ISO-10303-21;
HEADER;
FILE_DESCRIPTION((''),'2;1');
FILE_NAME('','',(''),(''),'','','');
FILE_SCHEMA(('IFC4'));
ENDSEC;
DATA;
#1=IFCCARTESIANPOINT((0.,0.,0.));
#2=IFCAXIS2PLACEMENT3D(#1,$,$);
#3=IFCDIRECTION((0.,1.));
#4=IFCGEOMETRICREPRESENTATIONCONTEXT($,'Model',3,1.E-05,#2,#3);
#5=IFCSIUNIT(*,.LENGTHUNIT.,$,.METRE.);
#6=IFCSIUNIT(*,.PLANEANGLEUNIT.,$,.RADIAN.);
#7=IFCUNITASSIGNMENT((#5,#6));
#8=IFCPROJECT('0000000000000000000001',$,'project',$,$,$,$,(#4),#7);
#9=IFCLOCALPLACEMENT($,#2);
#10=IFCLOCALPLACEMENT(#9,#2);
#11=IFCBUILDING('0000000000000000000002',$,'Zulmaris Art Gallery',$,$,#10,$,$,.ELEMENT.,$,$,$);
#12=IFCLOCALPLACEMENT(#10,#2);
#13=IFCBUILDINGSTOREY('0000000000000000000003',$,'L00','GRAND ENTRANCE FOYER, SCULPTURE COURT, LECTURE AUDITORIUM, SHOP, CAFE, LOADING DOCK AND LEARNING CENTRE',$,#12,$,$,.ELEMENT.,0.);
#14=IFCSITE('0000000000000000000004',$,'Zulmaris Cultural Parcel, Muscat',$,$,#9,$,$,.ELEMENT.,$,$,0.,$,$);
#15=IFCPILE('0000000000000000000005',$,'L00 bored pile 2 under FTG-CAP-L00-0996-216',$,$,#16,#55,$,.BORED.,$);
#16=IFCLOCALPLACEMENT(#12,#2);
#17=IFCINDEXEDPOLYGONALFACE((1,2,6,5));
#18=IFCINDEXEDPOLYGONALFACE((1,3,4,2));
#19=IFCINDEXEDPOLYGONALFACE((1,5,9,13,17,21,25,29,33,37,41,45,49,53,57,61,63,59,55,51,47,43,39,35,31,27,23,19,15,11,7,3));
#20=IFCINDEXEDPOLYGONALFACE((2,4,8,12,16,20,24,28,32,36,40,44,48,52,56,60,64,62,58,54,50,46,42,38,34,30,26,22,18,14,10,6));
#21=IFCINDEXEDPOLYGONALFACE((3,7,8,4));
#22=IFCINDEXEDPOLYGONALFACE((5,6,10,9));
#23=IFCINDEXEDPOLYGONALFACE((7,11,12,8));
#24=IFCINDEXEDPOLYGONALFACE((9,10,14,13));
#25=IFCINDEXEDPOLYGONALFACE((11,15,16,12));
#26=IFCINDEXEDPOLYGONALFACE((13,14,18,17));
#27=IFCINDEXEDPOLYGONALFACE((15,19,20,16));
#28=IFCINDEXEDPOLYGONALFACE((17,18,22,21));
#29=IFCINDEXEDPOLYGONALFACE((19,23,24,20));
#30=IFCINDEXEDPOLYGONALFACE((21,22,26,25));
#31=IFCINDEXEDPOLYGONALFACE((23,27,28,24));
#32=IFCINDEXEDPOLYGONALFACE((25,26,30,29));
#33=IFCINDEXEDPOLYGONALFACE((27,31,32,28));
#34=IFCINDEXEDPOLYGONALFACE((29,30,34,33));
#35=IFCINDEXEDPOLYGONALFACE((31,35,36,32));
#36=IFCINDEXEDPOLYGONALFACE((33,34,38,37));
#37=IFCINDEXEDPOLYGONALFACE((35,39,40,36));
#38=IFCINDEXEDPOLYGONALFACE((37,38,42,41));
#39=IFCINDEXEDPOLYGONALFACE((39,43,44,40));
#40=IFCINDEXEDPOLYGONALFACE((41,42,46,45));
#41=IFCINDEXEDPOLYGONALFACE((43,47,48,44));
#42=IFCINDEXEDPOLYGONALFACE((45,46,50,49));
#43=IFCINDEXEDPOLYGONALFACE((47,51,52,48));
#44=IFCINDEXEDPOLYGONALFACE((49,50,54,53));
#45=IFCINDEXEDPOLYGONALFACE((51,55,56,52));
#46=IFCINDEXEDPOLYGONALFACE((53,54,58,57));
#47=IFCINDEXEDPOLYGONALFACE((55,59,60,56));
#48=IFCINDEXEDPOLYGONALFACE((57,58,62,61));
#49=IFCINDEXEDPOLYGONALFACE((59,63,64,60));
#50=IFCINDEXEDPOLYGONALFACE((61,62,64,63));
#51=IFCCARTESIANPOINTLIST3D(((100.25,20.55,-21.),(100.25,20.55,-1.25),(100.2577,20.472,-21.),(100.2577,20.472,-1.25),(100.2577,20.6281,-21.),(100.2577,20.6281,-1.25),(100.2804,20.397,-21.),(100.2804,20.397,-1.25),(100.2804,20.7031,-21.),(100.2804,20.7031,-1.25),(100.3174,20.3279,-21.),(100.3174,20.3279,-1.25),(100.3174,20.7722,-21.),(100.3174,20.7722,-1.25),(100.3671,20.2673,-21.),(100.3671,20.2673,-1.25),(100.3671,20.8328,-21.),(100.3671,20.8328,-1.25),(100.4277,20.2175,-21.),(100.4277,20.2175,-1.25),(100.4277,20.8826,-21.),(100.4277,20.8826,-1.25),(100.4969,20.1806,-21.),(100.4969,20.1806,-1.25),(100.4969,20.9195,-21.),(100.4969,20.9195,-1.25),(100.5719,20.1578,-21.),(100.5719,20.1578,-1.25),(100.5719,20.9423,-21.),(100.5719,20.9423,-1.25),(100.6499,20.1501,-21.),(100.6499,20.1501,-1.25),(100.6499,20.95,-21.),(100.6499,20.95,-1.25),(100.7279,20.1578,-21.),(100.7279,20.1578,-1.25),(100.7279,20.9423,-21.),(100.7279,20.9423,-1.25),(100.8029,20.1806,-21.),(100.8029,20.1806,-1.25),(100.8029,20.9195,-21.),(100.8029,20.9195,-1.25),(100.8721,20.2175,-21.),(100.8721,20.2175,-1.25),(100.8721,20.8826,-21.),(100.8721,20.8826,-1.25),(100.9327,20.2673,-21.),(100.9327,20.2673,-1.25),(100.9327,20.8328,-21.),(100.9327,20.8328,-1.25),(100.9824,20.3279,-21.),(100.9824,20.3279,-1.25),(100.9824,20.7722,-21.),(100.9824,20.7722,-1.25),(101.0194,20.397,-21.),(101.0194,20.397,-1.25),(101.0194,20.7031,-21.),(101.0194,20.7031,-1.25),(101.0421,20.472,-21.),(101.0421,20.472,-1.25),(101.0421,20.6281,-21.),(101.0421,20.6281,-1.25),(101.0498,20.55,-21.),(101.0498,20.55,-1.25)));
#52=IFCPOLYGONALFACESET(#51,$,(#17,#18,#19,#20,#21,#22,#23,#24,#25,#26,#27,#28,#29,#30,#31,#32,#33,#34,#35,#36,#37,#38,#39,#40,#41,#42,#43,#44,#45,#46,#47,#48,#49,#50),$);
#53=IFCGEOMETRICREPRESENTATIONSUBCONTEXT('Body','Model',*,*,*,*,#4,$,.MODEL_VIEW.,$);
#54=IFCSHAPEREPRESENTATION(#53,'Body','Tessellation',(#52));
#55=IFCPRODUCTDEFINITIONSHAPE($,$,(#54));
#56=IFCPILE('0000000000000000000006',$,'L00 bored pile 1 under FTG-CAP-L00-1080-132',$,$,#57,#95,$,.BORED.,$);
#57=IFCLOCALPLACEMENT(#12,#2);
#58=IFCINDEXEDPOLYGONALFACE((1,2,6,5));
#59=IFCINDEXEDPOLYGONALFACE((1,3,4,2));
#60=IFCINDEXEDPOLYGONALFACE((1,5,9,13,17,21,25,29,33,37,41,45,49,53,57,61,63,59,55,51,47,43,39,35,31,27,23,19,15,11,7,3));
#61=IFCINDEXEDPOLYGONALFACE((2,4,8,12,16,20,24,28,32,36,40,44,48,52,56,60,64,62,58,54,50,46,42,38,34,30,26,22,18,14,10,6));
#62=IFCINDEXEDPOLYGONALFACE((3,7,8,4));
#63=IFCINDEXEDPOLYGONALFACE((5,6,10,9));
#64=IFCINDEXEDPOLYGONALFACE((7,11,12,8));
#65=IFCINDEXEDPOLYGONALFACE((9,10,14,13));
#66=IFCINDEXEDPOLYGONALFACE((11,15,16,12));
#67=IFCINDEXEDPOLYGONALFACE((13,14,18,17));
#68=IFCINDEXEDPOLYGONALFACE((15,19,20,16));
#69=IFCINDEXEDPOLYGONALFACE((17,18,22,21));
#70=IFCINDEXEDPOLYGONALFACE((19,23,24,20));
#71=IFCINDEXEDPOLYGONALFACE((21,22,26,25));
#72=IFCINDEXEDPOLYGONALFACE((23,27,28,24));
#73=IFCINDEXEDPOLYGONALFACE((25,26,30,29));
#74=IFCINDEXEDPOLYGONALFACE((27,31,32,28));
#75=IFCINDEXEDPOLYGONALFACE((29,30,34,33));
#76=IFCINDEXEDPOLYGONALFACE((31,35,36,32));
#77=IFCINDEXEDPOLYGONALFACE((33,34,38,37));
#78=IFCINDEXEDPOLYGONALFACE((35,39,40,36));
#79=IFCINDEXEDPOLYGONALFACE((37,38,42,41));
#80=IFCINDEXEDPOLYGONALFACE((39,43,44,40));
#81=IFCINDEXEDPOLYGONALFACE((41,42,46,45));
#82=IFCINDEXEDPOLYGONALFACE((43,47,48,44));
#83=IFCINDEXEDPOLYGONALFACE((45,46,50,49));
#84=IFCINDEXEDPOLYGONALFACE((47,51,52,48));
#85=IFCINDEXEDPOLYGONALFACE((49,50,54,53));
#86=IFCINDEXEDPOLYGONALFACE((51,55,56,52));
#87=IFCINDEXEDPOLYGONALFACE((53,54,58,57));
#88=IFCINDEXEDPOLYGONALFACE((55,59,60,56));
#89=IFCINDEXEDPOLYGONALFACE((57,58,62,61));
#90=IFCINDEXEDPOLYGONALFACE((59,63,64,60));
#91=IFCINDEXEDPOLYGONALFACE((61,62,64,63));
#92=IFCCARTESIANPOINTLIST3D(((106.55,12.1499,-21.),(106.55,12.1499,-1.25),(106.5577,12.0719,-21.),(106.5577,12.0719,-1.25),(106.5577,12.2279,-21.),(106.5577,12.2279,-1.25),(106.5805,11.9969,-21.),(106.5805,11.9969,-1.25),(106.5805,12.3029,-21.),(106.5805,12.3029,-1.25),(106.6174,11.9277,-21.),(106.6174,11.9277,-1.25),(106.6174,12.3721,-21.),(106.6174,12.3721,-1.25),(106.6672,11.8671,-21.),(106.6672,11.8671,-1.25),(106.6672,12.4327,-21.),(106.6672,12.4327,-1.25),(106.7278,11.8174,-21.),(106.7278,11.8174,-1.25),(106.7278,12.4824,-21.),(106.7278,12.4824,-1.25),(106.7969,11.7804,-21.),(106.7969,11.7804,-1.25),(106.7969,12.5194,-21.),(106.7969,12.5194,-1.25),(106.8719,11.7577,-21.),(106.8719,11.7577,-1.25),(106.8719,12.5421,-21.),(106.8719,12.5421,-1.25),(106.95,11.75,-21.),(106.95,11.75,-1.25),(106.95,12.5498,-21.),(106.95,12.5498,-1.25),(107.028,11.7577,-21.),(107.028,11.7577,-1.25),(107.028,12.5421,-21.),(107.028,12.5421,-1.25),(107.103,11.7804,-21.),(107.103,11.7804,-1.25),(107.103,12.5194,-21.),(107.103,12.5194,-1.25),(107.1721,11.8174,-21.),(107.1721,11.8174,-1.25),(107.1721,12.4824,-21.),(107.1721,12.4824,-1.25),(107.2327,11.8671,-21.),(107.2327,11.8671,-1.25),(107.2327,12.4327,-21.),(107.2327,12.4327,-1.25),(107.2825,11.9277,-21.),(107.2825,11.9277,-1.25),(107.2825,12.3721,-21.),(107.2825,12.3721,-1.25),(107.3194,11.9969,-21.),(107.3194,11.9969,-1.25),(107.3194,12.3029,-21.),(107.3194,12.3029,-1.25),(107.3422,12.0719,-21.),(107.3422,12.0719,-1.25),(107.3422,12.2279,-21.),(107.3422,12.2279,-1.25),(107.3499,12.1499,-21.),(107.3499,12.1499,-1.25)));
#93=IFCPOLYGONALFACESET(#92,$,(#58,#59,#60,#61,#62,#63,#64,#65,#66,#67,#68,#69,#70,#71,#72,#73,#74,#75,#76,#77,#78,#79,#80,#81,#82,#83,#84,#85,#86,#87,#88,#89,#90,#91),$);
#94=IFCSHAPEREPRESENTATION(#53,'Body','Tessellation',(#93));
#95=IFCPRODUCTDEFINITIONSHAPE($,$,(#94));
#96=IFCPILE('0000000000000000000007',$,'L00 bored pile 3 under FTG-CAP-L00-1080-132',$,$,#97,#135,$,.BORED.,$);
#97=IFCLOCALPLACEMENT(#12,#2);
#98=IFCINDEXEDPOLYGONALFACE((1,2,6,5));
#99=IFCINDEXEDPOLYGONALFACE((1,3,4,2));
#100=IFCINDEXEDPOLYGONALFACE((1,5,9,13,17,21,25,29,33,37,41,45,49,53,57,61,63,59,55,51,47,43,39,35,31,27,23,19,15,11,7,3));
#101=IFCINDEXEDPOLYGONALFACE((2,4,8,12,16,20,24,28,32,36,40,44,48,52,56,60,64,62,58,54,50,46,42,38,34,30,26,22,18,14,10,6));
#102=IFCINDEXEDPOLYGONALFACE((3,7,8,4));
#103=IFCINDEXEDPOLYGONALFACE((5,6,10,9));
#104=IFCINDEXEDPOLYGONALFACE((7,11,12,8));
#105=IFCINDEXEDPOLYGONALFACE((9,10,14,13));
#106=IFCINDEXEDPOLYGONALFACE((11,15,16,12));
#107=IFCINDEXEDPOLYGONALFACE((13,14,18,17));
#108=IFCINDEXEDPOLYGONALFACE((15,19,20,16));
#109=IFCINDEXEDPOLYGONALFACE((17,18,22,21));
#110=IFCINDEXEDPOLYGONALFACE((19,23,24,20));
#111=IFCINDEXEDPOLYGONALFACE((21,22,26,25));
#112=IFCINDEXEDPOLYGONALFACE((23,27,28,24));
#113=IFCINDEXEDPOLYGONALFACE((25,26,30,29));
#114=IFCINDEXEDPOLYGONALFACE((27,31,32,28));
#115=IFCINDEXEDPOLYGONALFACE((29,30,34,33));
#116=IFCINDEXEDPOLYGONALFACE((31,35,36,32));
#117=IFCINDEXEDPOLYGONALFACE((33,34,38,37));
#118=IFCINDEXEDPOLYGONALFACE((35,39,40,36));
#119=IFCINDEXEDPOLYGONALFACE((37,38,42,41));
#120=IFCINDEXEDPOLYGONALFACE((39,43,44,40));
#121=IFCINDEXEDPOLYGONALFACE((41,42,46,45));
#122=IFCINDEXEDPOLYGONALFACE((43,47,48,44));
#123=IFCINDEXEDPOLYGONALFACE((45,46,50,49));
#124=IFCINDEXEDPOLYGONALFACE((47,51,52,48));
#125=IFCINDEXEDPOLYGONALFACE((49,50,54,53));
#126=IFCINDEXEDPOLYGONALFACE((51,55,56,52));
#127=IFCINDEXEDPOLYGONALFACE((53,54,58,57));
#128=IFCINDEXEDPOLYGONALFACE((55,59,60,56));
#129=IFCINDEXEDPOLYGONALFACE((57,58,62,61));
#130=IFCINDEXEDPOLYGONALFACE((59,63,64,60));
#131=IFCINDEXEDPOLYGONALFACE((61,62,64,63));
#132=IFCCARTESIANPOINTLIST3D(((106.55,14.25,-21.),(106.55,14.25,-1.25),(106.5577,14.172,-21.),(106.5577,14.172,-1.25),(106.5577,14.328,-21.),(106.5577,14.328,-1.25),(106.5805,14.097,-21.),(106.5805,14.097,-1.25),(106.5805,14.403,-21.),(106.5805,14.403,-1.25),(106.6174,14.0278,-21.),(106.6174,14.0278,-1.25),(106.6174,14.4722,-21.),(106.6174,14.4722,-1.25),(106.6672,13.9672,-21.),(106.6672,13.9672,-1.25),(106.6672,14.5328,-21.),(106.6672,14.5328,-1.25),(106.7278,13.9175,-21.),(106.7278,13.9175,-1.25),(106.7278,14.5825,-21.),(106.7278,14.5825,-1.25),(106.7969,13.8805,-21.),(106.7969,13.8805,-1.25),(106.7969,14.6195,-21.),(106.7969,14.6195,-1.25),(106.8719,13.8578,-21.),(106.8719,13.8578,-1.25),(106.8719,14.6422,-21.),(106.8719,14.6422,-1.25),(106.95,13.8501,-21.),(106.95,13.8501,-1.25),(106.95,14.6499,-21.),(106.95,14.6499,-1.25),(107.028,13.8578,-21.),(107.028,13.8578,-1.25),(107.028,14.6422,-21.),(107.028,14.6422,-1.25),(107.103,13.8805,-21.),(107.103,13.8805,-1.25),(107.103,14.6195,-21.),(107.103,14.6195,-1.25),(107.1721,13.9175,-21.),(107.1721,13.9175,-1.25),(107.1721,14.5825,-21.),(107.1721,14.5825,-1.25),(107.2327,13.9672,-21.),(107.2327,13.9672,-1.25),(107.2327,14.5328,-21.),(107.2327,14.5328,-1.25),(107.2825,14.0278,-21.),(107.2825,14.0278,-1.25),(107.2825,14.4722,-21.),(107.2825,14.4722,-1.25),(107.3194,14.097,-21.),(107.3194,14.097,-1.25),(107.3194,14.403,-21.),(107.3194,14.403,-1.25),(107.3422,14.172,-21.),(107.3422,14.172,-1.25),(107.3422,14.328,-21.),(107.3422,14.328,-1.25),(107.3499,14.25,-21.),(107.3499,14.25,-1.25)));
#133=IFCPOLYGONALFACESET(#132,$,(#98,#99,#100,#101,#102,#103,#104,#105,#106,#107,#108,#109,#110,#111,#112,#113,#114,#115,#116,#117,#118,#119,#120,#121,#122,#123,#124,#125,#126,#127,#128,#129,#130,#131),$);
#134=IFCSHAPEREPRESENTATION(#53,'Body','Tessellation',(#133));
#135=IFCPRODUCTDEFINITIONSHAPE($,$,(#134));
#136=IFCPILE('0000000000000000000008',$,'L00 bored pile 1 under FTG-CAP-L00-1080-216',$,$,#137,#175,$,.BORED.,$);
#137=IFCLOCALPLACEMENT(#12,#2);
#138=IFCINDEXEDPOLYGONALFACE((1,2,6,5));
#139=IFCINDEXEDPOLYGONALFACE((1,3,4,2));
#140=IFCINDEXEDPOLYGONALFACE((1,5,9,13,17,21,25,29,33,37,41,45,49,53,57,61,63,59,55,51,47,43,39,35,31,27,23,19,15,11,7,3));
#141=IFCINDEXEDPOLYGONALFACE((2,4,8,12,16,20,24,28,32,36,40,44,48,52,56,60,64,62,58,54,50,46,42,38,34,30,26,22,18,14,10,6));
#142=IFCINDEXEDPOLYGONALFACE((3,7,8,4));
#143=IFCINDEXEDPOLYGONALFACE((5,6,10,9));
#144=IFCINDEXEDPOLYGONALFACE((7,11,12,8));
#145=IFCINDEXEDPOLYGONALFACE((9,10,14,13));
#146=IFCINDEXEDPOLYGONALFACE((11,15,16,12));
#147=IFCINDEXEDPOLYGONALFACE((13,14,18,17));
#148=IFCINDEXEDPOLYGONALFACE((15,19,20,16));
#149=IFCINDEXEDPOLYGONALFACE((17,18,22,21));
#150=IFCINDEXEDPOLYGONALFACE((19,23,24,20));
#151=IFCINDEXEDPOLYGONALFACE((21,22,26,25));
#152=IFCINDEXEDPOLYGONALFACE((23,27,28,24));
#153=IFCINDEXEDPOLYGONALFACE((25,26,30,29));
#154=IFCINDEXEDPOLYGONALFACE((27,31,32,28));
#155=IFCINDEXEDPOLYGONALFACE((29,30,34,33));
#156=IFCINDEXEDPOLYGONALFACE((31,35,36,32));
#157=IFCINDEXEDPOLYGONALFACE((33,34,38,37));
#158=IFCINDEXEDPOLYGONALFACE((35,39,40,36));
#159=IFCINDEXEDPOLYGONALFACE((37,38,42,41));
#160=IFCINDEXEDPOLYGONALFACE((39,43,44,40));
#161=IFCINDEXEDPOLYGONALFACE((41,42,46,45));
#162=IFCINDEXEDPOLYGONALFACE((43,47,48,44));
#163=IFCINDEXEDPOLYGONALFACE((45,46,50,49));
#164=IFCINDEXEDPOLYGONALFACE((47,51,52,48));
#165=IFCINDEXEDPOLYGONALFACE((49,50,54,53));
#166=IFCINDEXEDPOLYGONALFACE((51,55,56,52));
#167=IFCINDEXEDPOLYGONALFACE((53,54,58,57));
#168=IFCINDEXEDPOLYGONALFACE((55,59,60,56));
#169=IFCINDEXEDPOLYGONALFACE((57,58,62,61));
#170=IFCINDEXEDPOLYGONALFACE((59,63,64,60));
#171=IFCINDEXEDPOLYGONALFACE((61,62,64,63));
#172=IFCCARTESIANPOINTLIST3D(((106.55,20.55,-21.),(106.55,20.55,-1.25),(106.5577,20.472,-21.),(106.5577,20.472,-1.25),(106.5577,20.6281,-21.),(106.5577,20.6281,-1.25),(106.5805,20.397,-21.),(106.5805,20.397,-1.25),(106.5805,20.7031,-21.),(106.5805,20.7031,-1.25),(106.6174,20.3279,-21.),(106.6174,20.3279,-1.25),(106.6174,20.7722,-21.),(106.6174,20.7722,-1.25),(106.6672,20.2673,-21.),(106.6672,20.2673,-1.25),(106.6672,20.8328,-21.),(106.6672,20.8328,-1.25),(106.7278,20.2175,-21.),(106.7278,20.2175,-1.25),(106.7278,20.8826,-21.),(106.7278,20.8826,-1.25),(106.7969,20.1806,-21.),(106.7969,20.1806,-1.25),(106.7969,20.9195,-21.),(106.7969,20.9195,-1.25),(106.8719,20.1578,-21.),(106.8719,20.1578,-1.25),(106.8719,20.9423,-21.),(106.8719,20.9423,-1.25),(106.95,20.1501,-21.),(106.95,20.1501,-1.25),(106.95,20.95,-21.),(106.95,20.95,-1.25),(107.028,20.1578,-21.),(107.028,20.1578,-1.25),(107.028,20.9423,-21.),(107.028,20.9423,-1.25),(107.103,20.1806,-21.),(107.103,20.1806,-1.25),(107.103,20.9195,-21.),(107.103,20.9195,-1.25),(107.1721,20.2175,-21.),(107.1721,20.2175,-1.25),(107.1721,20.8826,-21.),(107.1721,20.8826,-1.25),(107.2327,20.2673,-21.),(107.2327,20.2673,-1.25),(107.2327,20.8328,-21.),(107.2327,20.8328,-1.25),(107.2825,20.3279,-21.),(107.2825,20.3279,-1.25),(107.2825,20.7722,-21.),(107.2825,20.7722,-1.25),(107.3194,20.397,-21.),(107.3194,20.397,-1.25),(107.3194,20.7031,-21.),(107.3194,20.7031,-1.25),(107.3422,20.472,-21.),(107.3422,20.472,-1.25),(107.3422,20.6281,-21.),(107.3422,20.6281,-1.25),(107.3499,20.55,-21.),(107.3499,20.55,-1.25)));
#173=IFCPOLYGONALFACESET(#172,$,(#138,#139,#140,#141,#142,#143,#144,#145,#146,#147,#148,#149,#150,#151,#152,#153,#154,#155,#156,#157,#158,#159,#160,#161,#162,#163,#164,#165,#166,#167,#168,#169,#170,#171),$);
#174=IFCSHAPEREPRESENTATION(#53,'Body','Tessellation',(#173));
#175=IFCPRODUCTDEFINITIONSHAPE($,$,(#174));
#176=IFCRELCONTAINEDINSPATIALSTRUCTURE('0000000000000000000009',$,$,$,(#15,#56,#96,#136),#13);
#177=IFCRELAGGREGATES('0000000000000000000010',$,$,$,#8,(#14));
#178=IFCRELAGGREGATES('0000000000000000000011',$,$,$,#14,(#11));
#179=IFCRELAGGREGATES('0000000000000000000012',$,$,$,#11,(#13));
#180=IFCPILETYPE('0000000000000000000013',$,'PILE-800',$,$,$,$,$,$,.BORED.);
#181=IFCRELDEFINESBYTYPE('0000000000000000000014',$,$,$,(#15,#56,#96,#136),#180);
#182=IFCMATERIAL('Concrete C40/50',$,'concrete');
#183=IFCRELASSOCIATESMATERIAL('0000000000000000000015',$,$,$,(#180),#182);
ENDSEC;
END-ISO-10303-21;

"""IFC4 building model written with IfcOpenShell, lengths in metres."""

from ifc_helpers import new_model, si_unit, direction, frame, origin, origin_2d, place, context, subcontext, project, spatial, circle, extrude, material, material_profile, profile_set, type_object, element, save


model = new_model("IFC4")

# Units and contexts
model_context = context("Model", 3, precision=1e-05, world=origin(), true_north=direction((0.0, 1.0)))
body_context = subcontext(model_context, "Body", "Model", "MODEL_VIEW")
ifc_project = project(units=[si_unit("LENGTHUNIT", "METRE"), si_unit("PLANEANGLEUNIT", "RADIAN")], contexts=[model_context])

# Site, building, storey
site_placement = place(None, origin())
site = spatial("IfcSite", under=ifc_project, at=site_placement, Name="Zulmaris Cultural Parcel, Muscat", CompositionType="ELEMENT", RefElevation=0.0)
building_placement = place(site_placement, origin())
building = spatial("IfcBuilding", under=site, at=building_placement, Name="Zulmaris Art Gallery", CompositionType="ELEMENT")
storey_placement = place(building_placement, origin())
storey = spatial("IfcBuildingStorey", under=building, at=storey_placement, Name="L00", Description="GRAND ENTRANCE FOYER, SCULPTURE COURT, LECTURE AUDITORIUM, SHOP, CAFE, LOADING DOCK AND LEARNING CENTRE", CompositionType="ELEMENT", Elevation=0.0)

# Piles
ifc_material_1 = material(Name="Concrete C40/50", Category="concrete")
ifc_material_profile_1 = material_profile(ifc_material_1, circle(Radius=0.3999, at=origin_2d()), Name="PILE DIA 800")
ifc_profile_set_1 = profile_set([ifc_material_profile_1], Name="Concrete C40/50")
pile_type = type_object("IfcPileType", Name="PILE-800", PredefinedType="BORED", material=ifc_profile_set_1)
for number, where, z_axis, x_axis, name in (
    (1, (100.6499, 20.55, -1.25), (0.0, 0.0, -1.0), (1.0, 0.0, 0.0), "L00 bored pile 2 under FTG-CAP-L00-0996-216"),
    (2, (106.95, 12.1499, -1.25), (0.0, 0.0, -1.0), (1.0, 0.0, 0.0), "L00 bored pile 1 under FTG-CAP-L00-1080-132"),
    (3, (106.95, 14.25, -1.25), (0.0, 0.0, -1.0), (1.0, 0.0, 0.0), "L00 bored pile 3 under FTG-CAP-L00-1080-132"),
    (4, (106.95, 20.55, -1.25), (0.0, 0.0, -1.0), (1.0, 0.0, 0.0), "L00 bored pile 1 under FTG-CAP-L00-1080-216"),
):
    element("IfcPile", number, at=place(storey_placement, frame(where, z_axis=z_axis, x_axis=x_axis)), inside=storey, type_object=pile_type, Name=name, PredefinedType="BORED", context=body_context, shape_type="SweptSolid", body=[
        extrude(circle(Radius=0.3999, at=origin_2d()), origin(), (0.0, 0.0, 1.0), 19.75),
    ])

save(model, "model.ifc")
